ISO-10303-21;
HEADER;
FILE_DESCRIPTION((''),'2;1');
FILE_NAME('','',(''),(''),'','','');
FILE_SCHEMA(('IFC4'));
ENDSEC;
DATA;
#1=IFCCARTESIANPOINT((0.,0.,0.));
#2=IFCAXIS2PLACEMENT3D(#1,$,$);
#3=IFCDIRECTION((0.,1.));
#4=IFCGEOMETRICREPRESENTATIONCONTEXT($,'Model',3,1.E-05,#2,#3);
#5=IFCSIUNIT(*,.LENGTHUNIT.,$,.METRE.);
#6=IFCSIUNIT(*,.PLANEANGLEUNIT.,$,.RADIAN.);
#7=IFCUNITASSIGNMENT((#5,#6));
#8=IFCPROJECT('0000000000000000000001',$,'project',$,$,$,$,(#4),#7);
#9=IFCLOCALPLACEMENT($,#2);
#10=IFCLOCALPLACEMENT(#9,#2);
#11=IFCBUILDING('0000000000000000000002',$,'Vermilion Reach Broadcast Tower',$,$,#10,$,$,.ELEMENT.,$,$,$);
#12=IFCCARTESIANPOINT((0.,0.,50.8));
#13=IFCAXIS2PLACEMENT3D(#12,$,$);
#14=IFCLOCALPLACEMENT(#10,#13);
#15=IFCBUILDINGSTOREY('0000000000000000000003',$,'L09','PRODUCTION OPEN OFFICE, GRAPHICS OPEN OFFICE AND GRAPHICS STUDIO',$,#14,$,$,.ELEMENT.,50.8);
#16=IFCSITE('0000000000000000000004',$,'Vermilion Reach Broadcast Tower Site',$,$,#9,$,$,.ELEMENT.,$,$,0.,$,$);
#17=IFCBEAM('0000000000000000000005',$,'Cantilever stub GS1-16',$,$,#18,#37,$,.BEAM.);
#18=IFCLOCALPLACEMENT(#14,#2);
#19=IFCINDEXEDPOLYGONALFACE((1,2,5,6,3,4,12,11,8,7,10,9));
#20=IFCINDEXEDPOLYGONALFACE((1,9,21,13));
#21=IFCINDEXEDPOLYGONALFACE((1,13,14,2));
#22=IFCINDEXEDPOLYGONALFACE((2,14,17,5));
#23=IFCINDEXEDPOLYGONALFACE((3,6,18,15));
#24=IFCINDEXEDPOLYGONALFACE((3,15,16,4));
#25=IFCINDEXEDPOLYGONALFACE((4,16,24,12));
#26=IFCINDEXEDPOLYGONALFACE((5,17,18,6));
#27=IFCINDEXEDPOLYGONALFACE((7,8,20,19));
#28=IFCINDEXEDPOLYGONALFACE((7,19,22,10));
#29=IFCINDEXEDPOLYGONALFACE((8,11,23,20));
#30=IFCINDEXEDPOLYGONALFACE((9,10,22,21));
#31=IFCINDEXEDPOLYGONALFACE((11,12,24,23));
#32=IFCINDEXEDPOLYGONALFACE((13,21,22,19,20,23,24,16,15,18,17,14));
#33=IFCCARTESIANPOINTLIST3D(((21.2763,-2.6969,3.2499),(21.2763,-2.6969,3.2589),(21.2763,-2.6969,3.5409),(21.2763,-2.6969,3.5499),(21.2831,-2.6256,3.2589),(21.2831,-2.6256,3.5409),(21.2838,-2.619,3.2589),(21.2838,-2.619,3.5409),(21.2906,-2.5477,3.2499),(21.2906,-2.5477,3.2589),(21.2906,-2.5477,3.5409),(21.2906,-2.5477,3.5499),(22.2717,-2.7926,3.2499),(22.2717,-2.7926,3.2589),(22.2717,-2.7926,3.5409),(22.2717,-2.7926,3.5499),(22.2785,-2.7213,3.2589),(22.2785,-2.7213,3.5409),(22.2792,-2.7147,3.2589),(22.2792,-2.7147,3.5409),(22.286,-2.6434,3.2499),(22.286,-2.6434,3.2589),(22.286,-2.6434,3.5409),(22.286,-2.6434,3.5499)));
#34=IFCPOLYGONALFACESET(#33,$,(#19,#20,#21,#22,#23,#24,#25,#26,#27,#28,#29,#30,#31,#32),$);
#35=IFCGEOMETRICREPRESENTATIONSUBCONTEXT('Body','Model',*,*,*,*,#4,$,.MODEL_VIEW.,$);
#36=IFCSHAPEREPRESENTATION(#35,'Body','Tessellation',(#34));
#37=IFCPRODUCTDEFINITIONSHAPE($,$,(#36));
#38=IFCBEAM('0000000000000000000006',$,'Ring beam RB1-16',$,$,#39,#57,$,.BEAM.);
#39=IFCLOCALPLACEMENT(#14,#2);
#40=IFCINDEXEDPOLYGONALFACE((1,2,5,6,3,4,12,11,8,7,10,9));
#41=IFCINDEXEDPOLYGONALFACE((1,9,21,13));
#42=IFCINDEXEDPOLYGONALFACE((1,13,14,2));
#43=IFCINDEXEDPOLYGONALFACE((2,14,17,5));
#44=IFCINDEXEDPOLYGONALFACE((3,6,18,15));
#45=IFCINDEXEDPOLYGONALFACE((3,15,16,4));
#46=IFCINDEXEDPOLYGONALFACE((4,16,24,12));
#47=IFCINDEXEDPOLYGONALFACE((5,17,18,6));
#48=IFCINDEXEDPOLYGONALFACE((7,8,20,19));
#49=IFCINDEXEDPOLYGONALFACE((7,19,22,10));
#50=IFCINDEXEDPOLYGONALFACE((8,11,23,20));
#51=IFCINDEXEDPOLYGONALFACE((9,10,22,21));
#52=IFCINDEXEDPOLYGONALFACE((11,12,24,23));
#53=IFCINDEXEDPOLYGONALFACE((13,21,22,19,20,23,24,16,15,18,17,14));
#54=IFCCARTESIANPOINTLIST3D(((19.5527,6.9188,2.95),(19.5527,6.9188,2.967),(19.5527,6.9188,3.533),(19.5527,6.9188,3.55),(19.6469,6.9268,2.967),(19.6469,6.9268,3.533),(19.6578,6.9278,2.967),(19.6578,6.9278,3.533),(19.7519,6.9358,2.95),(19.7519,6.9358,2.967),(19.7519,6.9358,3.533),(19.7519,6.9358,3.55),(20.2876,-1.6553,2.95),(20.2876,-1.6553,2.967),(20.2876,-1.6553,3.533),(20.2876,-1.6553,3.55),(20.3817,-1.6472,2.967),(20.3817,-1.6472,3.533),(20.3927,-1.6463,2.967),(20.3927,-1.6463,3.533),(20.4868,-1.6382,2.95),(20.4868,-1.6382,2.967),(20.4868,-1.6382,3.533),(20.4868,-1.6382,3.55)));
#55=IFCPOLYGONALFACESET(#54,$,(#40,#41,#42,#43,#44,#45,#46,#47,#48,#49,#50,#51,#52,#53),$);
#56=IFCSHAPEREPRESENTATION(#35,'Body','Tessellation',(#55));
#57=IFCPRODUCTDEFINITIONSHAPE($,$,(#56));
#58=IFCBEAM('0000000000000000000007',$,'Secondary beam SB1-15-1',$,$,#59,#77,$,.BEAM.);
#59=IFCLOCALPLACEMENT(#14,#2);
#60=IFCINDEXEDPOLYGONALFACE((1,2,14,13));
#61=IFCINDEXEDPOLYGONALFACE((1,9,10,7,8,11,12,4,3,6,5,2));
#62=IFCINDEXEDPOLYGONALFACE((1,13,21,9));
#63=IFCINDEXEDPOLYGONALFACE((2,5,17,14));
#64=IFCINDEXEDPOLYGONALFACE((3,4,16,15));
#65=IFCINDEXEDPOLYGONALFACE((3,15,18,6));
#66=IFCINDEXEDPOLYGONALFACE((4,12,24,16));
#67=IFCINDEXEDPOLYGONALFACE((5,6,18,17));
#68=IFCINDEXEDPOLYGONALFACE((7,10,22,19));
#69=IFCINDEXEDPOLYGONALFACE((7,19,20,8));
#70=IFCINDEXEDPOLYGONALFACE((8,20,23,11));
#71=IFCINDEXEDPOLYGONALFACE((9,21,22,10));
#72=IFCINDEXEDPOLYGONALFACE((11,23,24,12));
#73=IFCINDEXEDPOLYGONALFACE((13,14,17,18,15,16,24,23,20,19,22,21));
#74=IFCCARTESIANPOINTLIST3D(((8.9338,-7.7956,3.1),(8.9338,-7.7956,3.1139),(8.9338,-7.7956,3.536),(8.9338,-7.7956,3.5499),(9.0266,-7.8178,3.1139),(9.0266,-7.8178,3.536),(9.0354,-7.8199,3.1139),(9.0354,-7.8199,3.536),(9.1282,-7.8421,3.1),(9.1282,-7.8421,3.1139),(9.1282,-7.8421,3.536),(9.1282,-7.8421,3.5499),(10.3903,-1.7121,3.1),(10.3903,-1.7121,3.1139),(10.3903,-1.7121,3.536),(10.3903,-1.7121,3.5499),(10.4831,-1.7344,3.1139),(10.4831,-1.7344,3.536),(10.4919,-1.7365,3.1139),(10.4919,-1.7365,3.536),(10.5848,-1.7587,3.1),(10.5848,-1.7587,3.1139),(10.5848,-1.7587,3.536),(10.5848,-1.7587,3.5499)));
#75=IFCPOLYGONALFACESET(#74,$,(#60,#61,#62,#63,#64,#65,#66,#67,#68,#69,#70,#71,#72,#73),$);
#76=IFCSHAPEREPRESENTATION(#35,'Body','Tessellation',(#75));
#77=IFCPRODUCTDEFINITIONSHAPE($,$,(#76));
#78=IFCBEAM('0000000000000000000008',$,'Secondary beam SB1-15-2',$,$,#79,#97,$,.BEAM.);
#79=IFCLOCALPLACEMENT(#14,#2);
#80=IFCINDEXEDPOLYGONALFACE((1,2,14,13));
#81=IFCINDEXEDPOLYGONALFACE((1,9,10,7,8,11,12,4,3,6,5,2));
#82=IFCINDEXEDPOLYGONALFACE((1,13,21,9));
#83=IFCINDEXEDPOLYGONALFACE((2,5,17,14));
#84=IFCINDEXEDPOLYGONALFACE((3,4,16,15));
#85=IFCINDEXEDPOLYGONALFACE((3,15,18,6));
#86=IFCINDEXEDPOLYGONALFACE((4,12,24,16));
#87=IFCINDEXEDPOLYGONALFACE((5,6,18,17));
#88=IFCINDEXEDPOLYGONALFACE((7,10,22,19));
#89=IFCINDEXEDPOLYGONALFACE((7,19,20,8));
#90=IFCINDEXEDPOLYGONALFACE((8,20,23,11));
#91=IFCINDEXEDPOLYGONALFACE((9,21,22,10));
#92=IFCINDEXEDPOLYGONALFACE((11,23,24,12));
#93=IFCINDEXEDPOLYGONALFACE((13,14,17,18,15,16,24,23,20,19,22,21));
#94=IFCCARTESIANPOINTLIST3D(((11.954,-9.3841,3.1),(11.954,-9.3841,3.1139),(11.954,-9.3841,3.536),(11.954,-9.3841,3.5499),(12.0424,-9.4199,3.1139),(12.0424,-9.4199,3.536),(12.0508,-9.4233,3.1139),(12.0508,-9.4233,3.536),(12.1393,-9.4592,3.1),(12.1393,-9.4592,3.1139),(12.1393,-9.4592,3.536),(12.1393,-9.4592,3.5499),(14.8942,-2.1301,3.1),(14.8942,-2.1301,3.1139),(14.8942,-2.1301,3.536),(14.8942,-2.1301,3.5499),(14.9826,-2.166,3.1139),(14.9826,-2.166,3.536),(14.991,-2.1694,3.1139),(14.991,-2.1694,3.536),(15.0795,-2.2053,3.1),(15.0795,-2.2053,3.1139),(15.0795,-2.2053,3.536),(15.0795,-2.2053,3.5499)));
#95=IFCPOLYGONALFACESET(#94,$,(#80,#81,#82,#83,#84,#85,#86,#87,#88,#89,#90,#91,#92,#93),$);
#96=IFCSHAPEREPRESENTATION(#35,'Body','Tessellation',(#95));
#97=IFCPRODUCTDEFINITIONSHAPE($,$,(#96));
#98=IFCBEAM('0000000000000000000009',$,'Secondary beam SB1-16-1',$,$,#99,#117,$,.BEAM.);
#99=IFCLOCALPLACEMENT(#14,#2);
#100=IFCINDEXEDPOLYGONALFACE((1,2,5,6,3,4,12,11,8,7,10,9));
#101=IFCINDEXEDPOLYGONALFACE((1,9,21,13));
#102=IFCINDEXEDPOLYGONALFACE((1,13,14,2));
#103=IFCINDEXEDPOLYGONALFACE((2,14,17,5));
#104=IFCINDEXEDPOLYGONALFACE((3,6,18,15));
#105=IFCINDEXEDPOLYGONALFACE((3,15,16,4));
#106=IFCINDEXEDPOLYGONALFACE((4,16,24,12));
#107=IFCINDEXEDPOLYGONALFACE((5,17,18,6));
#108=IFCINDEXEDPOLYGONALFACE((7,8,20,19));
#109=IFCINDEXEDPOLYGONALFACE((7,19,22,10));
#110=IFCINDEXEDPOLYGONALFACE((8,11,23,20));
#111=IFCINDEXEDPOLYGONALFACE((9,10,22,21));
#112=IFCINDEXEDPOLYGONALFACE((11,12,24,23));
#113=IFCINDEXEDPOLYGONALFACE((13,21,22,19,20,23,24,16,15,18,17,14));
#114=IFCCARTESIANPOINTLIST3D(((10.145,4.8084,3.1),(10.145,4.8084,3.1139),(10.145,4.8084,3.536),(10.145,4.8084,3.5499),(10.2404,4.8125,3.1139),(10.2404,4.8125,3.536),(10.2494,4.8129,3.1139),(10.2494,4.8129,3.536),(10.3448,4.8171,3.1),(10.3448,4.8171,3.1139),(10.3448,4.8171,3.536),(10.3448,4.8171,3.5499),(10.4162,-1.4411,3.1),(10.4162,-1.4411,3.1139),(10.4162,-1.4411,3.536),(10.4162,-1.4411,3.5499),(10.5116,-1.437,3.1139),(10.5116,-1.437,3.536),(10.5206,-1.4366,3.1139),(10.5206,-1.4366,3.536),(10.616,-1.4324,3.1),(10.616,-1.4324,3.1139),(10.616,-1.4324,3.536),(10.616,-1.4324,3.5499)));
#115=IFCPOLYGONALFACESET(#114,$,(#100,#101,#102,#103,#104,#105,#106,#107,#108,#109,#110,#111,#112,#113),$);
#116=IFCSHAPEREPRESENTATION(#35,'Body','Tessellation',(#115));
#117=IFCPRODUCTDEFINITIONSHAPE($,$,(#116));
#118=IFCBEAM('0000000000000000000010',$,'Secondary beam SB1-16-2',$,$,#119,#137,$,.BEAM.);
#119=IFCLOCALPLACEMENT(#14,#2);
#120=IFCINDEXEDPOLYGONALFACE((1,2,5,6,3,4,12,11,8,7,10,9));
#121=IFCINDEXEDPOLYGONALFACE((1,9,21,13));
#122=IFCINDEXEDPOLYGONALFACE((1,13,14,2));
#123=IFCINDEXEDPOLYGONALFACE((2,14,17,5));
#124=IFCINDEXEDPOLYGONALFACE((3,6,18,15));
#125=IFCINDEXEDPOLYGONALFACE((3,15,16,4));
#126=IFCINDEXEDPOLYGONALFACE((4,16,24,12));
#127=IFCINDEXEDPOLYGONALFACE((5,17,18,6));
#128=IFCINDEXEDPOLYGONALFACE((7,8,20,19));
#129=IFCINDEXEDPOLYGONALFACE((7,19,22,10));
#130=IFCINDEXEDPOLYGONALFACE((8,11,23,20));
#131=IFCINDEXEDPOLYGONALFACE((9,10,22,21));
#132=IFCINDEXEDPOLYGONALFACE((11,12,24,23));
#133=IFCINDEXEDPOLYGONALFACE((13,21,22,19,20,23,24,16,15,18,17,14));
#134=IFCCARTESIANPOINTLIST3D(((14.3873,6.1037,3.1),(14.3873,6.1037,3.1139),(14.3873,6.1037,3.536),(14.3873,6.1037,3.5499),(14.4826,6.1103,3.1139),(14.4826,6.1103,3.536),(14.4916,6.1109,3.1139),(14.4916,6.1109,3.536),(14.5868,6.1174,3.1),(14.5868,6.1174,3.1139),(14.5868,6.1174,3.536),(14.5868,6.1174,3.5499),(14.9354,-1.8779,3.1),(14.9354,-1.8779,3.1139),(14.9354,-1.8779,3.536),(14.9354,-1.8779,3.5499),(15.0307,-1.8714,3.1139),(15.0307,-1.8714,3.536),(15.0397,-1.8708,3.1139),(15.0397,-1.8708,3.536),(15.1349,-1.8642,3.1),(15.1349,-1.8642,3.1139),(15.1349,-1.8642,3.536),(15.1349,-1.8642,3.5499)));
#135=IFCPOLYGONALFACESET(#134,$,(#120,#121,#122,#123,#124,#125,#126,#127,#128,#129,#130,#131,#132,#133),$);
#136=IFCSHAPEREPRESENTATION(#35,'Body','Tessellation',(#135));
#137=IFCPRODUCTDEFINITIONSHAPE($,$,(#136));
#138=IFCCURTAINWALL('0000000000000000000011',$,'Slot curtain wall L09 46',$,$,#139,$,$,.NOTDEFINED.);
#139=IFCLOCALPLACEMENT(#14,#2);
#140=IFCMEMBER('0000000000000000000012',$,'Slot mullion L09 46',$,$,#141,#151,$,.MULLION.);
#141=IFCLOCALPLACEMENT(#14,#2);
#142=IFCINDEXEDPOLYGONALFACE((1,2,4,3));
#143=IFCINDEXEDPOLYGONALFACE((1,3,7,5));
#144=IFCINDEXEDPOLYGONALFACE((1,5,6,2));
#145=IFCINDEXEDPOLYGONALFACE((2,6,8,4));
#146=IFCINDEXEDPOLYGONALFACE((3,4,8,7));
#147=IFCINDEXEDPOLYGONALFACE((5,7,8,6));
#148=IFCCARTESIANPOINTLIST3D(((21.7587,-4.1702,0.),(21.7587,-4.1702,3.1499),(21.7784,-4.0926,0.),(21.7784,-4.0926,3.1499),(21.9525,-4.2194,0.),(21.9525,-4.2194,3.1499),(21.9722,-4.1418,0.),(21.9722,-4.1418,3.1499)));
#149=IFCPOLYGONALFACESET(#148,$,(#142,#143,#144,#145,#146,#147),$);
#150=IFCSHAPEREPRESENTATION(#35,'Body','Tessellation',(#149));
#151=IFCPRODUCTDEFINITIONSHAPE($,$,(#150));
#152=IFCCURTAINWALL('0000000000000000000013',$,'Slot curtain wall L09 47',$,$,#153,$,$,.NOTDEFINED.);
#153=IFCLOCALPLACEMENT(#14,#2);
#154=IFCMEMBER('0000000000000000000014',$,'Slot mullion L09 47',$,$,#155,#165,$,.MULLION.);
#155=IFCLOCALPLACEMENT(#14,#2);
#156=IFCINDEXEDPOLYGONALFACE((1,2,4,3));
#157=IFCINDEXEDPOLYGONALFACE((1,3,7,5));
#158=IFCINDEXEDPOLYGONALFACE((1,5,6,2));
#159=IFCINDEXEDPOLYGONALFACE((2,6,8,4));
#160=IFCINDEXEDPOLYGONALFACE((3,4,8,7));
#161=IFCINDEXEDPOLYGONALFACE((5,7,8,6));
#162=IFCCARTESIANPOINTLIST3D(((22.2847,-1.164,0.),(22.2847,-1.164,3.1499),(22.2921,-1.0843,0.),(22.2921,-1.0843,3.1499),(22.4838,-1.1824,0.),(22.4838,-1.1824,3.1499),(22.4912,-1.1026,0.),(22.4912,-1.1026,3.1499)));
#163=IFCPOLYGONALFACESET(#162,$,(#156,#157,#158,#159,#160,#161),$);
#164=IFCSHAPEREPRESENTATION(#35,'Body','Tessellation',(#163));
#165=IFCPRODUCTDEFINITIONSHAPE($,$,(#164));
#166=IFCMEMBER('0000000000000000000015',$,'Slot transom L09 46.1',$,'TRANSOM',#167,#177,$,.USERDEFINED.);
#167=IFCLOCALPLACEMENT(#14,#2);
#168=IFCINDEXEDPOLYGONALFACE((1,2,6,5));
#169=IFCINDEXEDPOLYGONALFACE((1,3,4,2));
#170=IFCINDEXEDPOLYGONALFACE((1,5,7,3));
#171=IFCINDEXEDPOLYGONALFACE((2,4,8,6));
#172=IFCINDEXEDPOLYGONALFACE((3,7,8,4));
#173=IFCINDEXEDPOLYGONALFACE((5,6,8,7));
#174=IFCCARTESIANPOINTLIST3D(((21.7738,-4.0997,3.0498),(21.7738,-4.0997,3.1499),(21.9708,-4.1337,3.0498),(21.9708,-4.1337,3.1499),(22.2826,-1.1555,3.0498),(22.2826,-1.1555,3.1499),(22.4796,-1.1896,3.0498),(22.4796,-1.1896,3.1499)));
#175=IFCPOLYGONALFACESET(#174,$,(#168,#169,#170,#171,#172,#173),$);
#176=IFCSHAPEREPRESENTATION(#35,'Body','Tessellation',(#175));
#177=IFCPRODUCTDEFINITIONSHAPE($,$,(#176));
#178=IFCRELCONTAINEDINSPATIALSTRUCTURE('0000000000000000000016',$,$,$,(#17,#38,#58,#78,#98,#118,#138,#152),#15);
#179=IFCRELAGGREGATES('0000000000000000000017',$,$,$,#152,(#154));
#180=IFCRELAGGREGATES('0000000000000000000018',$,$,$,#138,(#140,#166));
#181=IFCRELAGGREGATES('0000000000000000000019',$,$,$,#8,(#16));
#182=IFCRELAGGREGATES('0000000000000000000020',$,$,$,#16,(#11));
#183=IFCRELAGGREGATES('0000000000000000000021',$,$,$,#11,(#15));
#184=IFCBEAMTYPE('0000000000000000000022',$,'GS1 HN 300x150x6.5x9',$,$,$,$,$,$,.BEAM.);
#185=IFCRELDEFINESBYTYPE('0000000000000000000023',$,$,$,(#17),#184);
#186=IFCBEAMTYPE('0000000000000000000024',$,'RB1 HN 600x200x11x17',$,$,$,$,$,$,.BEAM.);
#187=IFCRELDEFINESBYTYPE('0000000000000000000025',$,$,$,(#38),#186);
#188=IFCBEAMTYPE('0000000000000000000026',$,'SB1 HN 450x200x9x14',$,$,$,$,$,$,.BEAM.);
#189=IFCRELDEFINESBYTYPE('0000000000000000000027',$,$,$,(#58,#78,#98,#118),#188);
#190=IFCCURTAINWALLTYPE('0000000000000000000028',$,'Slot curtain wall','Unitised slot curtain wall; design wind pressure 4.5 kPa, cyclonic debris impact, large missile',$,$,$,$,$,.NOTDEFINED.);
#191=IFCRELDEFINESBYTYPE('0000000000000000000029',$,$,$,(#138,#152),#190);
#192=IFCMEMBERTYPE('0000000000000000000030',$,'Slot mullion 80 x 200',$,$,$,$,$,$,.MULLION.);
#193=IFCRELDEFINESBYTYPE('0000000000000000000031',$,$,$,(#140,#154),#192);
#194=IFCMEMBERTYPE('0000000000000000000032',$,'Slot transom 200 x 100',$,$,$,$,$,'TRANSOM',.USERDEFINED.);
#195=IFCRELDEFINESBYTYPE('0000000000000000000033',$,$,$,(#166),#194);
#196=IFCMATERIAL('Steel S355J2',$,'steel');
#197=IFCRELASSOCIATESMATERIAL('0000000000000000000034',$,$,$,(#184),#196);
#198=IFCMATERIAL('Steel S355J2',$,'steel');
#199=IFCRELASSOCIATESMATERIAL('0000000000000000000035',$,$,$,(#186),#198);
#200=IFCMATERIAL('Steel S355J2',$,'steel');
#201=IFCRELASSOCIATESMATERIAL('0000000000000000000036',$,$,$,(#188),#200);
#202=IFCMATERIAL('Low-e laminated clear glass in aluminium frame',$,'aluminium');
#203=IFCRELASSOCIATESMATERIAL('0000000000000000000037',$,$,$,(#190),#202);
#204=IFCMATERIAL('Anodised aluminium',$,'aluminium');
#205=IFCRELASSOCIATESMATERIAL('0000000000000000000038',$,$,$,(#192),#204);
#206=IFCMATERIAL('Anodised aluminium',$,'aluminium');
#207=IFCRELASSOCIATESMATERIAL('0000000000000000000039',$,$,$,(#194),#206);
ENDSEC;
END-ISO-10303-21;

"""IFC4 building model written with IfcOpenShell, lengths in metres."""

from ifc_helpers import new_model, si_unit, direction, frame, origin, origin_2d, place, context, subcontext, project, spatial, rectangle, i_section, extrude, material, material_profile, profile_set, type_object, element, aggregate, save


model = new_model("IFC4")

# Units and contexts
model_context = context("Model", 3, precision=1e-05, world=origin(), true_north=direction((0.0, 1.0)))
body_context = subcontext(model_context, "Body", "Model", "MODEL_VIEW")
ifc_project = project(units=[si_unit("LENGTHUNIT", "METRE"), si_unit("PLANEANGLEUNIT", "RADIAN")], contexts=[model_context])

# Site, building, storey
site_placement = place(None, origin())
site = spatial("IfcSite", under=ifc_project, at=site_placement, Name="Vermilion Reach Broadcast Tower Site", CompositionType="ELEMENT", RefElevation=0.0)
building_placement = place(site_placement, origin())
building = spatial("IfcBuilding", under=site, at=building_placement, Name="Vermilion Reach Broadcast Tower", CompositionType="ELEMENT")
storey_placement = place(building_placement, frame((0.0, 0.0, 50.8)))
storey = spatial("IfcBuildingStorey", under=building, at=storey_placement, Name="L09", Description="PRODUCTION OPEN OFFICE, GRAPHICS OPEN OFFICE AND GRAPHICS STUDIO", CompositionType="ELEMENT", Elevation=50.8)

# Beams
ifc_material_1 = material(Name="Steel S355J2", Category="steel")
ifc_material_profile_1 = material_profile(ifc_material_1, i_section(OverallWidth=0.1499, OverallDepth=0.3, WebThickness=0.0066, FlangeThickness=0.009, at=origin_2d()), Name="S355J2 HN 300x150x6.5x9")
ifc_profile_set_1 = profile_set([ifc_material_profile_1], Name="Steel S355J2")
beam_type_1 = type_object("IfcBeamType", Name="GS1 HN 300x150x6.5x9", PredefinedType="BEAM", material=ifc_profile_set_1)
beam_1_placement = place(storey_placement, frame((21.2834, -2.6223, 3.3999), z_axis=(0.995409, -0.095708, 0.0), x_axis=(0.095708, 0.995409, 0.0)))
element("IfcBeam", 1, at=beam_1_placement, inside=storey, type_object=beam_type_1, Name="Cantilever stub GS1-16", PredefinedType="BEAM", context=body_context, shape_type="SweptSolid", body=[
    extrude(i_section(OverallWidth=0.1499, OverallDepth=0.3, WebThickness=0.0066, FlangeThickness=0.009, at=origin_2d()), origin(), (0.0, 0.0, 1.0), 1.0),
])
ifc_material_2 = material(Name="Steel S355J2", Category="steel")
ifc_material_profile_2 = material_profile(ifc_material_2, i_section(OverallWidth=0.2, OverallDepth=0.6001, WebThickness=0.011, FlangeThickness=0.0171, at=origin_2d()), Name="S355J2 HN 600x200x11x17")
ifc_profile_set_2 = profile_set([ifc_material_profile_2], Name="Steel S355J2")
beam_type_2 = type_object("IfcBeamType", Name="RB1 HN 600x200x11x17", PredefinedType="BEAM", material=ifc_profile_set_2)
beam_2_placement = place(storey_placement, frame((20.3872, -1.6467, 3.25), z_axis=(-0.085396, 0.996347, 0.0), x_axis=(-0.996347, -0.085396, 0.0)))
element("IfcBeam", 2, at=beam_2_placement, inside=storey, type_object=beam_type_2, Name="Ring beam RB1-16", PredefinedType="BEAM", context=body_context, shape_type="SweptSolid", body=[
    extrude(i_section(OverallWidth=0.2, OverallDepth=0.6001, WebThickness=0.011, FlangeThickness=0.0171, at=origin_2d()), origin(), (0.0, 0.0, 1.0), 8.6055),
])
ifc_material_3 = material(Name="Steel S355J2", Category="steel")
ifc_material_profile_3 = material_profile(ifc_material_3, i_section(OverallWidth=0.2, OverallDepth=0.45, WebThickness=0.009, FlangeThickness=0.0139, at=origin_2d()), Name="S355J2 HN 450x200x9x14")
ifc_profile_set_3 = profile_set([ifc_material_profile_3], Name="Steel S355J2")
beam_type_3 = type_object("IfcBeamType", Name="SB1 HN 450x200x9x14", PredefinedType="BEAM", material=ifc_profile_set_3)
beam_3_placement = place(storey_placement, frame((9.031, -7.8188, 3.325), z_axis=(0.232844, 0.972514, 0.0), x_axis=(-0.972514, 0.232844, 0.0)))
element("IfcBeam", 3, at=beam_3_placement, inside=storey, type_object=beam_type_3, Name="Secondary beam SB1-15-1", PredefinedType="BEAM", context=body_context, shape_type="SweptSolid", body=[
    extrude(i_section(OverallWidth=0.2, OverallDepth=0.45, WebThickness=0.009, FlangeThickness=0.0139, at=origin_2d()), origin(), (0.0, 0.0, 1.0), 6.2554),
])
beam_4_placement = place(storey_placement, frame((12.0466, -9.4216, 3.325), z_axis=(0.375641, 0.926765, 0.0), x_axis=(-0.926765, 0.375641, 0.0)))
element("IfcBeam", 4, at=beam_4_placement, inside=storey, type_object=beam_type_3, Name="Secondary beam SB1-15-2", PredefinedType="BEAM", context=body_context, shape_type="SweptSolid", body=[
    extrude(i_section(OverallWidth=0.2, OverallDepth=0.45, WebThickness=0.009, FlangeThickness=0.0139, at=origin_2d()), origin(), (0.0, 0.0, 1.0), 7.8271),
])
beam_5_placement = place(storey_placement, frame((10.5161, -1.4368, 3.325), z_axis=(-0.043361, 0.999059, 0.0), x_axis=(-0.999059, -0.043361, 0.0)))
element("IfcBeam", 5, at=beam_5_placement, inside=storey, type_object=beam_type_3, Name="Secondary beam SB1-16-1", PredefinedType="BEAM", context=body_context, shape_type="SweptSolid", body=[
    extrude(i_section(OverallWidth=0.2, OverallDepth=0.45, WebThickness=0.009, FlangeThickness=0.0139, at=origin_2d()), origin(), (0.0, 0.0, 1.0), 6.2554),
])
beam_6_placement = place(storey_placement, frame((15.0352, -1.8711, 3.325), z_axis=(-0.068508, 0.997651, 0.0), x_axis=(-0.997651, -0.068508, 0.0)))
element("IfcBeam", 6, at=beam_6_placement, inside=storey, type_object=beam_type_3, Name="Secondary beam SB1-16-2", PredefinedType="BEAM", context=body_context, shape_type="SweptSolid", body=[
    extrude(i_section(OverallWidth=0.2, OverallDepth=0.45, WebThickness=0.009, FlangeThickness=0.0139, at=origin_2d()), origin(), (0.0, 0.0, 1.0), 8.0005),
])

# Curtain walls, members
ifc_material_4 = material(Name="Low-e laminated clear glass in aluminium frame", Category="aluminium")
curtain_wall_type = type_object("IfcCurtainWallType", Name="Slot curtain wall", Description="Unitised slot curtain wall; design wind pressure 4.5 kPa, cyclonic debris impact, large missile", PredefinedType="NOTDEFINED", material=ifc_material_4)
placement = place(storey_placement, origin())
curtain_wall_1 = element("IfcCurtainWall", 7, at=placement, inside=storey, type_object=curtain_wall_type, Name="Slot curtain wall L09 46", PredefinedType="NOTDEFINED")
ifc_material_5 = material(Name="Anodised aluminium", Category="aluminium")
ifc_material_profile_4 = material_profile(ifc_material_5, rectangle(XDim=0.2, YDim=0.0801, at=origin_2d()), Name="Slot mullion 80 x 200")
ifc_profile_set_4 = profile_set([ifc_material_profile_4], Name="Anodised aluminium")
member_type_1 = type_object("IfcMemberType", Name="Slot mullion 80 x 200", PredefinedType="MULLION", material=ifc_profile_set_4)
member_1_placement = place(storey_placement, frame((21.8655, -4.156, 0.0), z_axis=(0.0, 0.0, 1.0), x_axis=(-0.969302, 0.245873, 0.0)))
member_1 = element("IfcMember", 8, at=member_1_placement, type_object=member_type_1, Name="Slot mullion L09 46", PredefinedType="MULLION", context=body_context, shape_type="SweptSolid", body=[
    extrude(rectangle(XDim=0.2, YDim=0.0801, at=origin_2d()), origin(), (0.0, 0.0, 1.0), 3.1499),
])
curtain_wall_2 = element("IfcCurtainWall", 9, at=placement, inside=storey, type_object=curtain_wall_type, Name="Slot curtain wall L09 47", PredefinedType="NOTDEFINED")
member_2_placement = place(storey_placement, frame((22.3879, -1.1333, 0.0), z_axis=(0.0, 0.0, 1.0), x_axis=(-0.995775, 0.09183, 0.0)))
member_2 = element("IfcMember", 10, at=member_2_placement, type_object=member_type_1, Name="Slot mullion L09 47", PredefinedType="MULLION", context=body_context, shape_type="SweptSolid", body=[
    extrude(rectangle(XDim=0.2, YDim=0.0801, at=origin_2d()), origin(), (0.0, 0.0, 1.0), 3.1499),
])

# Member
ifc_material_6 = material(Name="Anodised aluminium", Category="aluminium")
ifc_material_profile_5 = material_profile(ifc_material_6, rectangle(XDim=0.2, YDim=0.1001, at=origin_2d()), Name="Slot transom 200 x 100")
ifc_profile_set_5 = profile_set([ifc_material_profile_5], Name="Anodised aluminium")
member_type_2 = type_object("IfcMemberType", Name="Slot transom 200 x 100", ElementType="TRANSOM", PredefinedType="USERDEFINED", material=ifc_profile_set_5)
member_3_placement = place(storey_placement, frame((21.8723, -4.1167, 3.0999), z_axis=(0.170293, 0.985394, 0.0), x_axis=(-0.985394, 0.170293, 0.0)))
member_3 = element("IfcMember", 11, at=member_3_placement, type_object=member_type_2, Name="Slot transom L09 46.1", ObjectType="TRANSOM", PredefinedType="USERDEFINED", context=body_context, shape_type="SweptSolid", body=[
    extrude(rectangle(XDim=0.2, YDim=0.1001, at=origin_2d()), origin(), (0.0, 0.0, 1.0), 2.9878),
])
aggregate(curtain_wall_2, [member_2])

aggregate(curtain_wall_1, [member_1, member_3])

save(model, "model.ifc")
